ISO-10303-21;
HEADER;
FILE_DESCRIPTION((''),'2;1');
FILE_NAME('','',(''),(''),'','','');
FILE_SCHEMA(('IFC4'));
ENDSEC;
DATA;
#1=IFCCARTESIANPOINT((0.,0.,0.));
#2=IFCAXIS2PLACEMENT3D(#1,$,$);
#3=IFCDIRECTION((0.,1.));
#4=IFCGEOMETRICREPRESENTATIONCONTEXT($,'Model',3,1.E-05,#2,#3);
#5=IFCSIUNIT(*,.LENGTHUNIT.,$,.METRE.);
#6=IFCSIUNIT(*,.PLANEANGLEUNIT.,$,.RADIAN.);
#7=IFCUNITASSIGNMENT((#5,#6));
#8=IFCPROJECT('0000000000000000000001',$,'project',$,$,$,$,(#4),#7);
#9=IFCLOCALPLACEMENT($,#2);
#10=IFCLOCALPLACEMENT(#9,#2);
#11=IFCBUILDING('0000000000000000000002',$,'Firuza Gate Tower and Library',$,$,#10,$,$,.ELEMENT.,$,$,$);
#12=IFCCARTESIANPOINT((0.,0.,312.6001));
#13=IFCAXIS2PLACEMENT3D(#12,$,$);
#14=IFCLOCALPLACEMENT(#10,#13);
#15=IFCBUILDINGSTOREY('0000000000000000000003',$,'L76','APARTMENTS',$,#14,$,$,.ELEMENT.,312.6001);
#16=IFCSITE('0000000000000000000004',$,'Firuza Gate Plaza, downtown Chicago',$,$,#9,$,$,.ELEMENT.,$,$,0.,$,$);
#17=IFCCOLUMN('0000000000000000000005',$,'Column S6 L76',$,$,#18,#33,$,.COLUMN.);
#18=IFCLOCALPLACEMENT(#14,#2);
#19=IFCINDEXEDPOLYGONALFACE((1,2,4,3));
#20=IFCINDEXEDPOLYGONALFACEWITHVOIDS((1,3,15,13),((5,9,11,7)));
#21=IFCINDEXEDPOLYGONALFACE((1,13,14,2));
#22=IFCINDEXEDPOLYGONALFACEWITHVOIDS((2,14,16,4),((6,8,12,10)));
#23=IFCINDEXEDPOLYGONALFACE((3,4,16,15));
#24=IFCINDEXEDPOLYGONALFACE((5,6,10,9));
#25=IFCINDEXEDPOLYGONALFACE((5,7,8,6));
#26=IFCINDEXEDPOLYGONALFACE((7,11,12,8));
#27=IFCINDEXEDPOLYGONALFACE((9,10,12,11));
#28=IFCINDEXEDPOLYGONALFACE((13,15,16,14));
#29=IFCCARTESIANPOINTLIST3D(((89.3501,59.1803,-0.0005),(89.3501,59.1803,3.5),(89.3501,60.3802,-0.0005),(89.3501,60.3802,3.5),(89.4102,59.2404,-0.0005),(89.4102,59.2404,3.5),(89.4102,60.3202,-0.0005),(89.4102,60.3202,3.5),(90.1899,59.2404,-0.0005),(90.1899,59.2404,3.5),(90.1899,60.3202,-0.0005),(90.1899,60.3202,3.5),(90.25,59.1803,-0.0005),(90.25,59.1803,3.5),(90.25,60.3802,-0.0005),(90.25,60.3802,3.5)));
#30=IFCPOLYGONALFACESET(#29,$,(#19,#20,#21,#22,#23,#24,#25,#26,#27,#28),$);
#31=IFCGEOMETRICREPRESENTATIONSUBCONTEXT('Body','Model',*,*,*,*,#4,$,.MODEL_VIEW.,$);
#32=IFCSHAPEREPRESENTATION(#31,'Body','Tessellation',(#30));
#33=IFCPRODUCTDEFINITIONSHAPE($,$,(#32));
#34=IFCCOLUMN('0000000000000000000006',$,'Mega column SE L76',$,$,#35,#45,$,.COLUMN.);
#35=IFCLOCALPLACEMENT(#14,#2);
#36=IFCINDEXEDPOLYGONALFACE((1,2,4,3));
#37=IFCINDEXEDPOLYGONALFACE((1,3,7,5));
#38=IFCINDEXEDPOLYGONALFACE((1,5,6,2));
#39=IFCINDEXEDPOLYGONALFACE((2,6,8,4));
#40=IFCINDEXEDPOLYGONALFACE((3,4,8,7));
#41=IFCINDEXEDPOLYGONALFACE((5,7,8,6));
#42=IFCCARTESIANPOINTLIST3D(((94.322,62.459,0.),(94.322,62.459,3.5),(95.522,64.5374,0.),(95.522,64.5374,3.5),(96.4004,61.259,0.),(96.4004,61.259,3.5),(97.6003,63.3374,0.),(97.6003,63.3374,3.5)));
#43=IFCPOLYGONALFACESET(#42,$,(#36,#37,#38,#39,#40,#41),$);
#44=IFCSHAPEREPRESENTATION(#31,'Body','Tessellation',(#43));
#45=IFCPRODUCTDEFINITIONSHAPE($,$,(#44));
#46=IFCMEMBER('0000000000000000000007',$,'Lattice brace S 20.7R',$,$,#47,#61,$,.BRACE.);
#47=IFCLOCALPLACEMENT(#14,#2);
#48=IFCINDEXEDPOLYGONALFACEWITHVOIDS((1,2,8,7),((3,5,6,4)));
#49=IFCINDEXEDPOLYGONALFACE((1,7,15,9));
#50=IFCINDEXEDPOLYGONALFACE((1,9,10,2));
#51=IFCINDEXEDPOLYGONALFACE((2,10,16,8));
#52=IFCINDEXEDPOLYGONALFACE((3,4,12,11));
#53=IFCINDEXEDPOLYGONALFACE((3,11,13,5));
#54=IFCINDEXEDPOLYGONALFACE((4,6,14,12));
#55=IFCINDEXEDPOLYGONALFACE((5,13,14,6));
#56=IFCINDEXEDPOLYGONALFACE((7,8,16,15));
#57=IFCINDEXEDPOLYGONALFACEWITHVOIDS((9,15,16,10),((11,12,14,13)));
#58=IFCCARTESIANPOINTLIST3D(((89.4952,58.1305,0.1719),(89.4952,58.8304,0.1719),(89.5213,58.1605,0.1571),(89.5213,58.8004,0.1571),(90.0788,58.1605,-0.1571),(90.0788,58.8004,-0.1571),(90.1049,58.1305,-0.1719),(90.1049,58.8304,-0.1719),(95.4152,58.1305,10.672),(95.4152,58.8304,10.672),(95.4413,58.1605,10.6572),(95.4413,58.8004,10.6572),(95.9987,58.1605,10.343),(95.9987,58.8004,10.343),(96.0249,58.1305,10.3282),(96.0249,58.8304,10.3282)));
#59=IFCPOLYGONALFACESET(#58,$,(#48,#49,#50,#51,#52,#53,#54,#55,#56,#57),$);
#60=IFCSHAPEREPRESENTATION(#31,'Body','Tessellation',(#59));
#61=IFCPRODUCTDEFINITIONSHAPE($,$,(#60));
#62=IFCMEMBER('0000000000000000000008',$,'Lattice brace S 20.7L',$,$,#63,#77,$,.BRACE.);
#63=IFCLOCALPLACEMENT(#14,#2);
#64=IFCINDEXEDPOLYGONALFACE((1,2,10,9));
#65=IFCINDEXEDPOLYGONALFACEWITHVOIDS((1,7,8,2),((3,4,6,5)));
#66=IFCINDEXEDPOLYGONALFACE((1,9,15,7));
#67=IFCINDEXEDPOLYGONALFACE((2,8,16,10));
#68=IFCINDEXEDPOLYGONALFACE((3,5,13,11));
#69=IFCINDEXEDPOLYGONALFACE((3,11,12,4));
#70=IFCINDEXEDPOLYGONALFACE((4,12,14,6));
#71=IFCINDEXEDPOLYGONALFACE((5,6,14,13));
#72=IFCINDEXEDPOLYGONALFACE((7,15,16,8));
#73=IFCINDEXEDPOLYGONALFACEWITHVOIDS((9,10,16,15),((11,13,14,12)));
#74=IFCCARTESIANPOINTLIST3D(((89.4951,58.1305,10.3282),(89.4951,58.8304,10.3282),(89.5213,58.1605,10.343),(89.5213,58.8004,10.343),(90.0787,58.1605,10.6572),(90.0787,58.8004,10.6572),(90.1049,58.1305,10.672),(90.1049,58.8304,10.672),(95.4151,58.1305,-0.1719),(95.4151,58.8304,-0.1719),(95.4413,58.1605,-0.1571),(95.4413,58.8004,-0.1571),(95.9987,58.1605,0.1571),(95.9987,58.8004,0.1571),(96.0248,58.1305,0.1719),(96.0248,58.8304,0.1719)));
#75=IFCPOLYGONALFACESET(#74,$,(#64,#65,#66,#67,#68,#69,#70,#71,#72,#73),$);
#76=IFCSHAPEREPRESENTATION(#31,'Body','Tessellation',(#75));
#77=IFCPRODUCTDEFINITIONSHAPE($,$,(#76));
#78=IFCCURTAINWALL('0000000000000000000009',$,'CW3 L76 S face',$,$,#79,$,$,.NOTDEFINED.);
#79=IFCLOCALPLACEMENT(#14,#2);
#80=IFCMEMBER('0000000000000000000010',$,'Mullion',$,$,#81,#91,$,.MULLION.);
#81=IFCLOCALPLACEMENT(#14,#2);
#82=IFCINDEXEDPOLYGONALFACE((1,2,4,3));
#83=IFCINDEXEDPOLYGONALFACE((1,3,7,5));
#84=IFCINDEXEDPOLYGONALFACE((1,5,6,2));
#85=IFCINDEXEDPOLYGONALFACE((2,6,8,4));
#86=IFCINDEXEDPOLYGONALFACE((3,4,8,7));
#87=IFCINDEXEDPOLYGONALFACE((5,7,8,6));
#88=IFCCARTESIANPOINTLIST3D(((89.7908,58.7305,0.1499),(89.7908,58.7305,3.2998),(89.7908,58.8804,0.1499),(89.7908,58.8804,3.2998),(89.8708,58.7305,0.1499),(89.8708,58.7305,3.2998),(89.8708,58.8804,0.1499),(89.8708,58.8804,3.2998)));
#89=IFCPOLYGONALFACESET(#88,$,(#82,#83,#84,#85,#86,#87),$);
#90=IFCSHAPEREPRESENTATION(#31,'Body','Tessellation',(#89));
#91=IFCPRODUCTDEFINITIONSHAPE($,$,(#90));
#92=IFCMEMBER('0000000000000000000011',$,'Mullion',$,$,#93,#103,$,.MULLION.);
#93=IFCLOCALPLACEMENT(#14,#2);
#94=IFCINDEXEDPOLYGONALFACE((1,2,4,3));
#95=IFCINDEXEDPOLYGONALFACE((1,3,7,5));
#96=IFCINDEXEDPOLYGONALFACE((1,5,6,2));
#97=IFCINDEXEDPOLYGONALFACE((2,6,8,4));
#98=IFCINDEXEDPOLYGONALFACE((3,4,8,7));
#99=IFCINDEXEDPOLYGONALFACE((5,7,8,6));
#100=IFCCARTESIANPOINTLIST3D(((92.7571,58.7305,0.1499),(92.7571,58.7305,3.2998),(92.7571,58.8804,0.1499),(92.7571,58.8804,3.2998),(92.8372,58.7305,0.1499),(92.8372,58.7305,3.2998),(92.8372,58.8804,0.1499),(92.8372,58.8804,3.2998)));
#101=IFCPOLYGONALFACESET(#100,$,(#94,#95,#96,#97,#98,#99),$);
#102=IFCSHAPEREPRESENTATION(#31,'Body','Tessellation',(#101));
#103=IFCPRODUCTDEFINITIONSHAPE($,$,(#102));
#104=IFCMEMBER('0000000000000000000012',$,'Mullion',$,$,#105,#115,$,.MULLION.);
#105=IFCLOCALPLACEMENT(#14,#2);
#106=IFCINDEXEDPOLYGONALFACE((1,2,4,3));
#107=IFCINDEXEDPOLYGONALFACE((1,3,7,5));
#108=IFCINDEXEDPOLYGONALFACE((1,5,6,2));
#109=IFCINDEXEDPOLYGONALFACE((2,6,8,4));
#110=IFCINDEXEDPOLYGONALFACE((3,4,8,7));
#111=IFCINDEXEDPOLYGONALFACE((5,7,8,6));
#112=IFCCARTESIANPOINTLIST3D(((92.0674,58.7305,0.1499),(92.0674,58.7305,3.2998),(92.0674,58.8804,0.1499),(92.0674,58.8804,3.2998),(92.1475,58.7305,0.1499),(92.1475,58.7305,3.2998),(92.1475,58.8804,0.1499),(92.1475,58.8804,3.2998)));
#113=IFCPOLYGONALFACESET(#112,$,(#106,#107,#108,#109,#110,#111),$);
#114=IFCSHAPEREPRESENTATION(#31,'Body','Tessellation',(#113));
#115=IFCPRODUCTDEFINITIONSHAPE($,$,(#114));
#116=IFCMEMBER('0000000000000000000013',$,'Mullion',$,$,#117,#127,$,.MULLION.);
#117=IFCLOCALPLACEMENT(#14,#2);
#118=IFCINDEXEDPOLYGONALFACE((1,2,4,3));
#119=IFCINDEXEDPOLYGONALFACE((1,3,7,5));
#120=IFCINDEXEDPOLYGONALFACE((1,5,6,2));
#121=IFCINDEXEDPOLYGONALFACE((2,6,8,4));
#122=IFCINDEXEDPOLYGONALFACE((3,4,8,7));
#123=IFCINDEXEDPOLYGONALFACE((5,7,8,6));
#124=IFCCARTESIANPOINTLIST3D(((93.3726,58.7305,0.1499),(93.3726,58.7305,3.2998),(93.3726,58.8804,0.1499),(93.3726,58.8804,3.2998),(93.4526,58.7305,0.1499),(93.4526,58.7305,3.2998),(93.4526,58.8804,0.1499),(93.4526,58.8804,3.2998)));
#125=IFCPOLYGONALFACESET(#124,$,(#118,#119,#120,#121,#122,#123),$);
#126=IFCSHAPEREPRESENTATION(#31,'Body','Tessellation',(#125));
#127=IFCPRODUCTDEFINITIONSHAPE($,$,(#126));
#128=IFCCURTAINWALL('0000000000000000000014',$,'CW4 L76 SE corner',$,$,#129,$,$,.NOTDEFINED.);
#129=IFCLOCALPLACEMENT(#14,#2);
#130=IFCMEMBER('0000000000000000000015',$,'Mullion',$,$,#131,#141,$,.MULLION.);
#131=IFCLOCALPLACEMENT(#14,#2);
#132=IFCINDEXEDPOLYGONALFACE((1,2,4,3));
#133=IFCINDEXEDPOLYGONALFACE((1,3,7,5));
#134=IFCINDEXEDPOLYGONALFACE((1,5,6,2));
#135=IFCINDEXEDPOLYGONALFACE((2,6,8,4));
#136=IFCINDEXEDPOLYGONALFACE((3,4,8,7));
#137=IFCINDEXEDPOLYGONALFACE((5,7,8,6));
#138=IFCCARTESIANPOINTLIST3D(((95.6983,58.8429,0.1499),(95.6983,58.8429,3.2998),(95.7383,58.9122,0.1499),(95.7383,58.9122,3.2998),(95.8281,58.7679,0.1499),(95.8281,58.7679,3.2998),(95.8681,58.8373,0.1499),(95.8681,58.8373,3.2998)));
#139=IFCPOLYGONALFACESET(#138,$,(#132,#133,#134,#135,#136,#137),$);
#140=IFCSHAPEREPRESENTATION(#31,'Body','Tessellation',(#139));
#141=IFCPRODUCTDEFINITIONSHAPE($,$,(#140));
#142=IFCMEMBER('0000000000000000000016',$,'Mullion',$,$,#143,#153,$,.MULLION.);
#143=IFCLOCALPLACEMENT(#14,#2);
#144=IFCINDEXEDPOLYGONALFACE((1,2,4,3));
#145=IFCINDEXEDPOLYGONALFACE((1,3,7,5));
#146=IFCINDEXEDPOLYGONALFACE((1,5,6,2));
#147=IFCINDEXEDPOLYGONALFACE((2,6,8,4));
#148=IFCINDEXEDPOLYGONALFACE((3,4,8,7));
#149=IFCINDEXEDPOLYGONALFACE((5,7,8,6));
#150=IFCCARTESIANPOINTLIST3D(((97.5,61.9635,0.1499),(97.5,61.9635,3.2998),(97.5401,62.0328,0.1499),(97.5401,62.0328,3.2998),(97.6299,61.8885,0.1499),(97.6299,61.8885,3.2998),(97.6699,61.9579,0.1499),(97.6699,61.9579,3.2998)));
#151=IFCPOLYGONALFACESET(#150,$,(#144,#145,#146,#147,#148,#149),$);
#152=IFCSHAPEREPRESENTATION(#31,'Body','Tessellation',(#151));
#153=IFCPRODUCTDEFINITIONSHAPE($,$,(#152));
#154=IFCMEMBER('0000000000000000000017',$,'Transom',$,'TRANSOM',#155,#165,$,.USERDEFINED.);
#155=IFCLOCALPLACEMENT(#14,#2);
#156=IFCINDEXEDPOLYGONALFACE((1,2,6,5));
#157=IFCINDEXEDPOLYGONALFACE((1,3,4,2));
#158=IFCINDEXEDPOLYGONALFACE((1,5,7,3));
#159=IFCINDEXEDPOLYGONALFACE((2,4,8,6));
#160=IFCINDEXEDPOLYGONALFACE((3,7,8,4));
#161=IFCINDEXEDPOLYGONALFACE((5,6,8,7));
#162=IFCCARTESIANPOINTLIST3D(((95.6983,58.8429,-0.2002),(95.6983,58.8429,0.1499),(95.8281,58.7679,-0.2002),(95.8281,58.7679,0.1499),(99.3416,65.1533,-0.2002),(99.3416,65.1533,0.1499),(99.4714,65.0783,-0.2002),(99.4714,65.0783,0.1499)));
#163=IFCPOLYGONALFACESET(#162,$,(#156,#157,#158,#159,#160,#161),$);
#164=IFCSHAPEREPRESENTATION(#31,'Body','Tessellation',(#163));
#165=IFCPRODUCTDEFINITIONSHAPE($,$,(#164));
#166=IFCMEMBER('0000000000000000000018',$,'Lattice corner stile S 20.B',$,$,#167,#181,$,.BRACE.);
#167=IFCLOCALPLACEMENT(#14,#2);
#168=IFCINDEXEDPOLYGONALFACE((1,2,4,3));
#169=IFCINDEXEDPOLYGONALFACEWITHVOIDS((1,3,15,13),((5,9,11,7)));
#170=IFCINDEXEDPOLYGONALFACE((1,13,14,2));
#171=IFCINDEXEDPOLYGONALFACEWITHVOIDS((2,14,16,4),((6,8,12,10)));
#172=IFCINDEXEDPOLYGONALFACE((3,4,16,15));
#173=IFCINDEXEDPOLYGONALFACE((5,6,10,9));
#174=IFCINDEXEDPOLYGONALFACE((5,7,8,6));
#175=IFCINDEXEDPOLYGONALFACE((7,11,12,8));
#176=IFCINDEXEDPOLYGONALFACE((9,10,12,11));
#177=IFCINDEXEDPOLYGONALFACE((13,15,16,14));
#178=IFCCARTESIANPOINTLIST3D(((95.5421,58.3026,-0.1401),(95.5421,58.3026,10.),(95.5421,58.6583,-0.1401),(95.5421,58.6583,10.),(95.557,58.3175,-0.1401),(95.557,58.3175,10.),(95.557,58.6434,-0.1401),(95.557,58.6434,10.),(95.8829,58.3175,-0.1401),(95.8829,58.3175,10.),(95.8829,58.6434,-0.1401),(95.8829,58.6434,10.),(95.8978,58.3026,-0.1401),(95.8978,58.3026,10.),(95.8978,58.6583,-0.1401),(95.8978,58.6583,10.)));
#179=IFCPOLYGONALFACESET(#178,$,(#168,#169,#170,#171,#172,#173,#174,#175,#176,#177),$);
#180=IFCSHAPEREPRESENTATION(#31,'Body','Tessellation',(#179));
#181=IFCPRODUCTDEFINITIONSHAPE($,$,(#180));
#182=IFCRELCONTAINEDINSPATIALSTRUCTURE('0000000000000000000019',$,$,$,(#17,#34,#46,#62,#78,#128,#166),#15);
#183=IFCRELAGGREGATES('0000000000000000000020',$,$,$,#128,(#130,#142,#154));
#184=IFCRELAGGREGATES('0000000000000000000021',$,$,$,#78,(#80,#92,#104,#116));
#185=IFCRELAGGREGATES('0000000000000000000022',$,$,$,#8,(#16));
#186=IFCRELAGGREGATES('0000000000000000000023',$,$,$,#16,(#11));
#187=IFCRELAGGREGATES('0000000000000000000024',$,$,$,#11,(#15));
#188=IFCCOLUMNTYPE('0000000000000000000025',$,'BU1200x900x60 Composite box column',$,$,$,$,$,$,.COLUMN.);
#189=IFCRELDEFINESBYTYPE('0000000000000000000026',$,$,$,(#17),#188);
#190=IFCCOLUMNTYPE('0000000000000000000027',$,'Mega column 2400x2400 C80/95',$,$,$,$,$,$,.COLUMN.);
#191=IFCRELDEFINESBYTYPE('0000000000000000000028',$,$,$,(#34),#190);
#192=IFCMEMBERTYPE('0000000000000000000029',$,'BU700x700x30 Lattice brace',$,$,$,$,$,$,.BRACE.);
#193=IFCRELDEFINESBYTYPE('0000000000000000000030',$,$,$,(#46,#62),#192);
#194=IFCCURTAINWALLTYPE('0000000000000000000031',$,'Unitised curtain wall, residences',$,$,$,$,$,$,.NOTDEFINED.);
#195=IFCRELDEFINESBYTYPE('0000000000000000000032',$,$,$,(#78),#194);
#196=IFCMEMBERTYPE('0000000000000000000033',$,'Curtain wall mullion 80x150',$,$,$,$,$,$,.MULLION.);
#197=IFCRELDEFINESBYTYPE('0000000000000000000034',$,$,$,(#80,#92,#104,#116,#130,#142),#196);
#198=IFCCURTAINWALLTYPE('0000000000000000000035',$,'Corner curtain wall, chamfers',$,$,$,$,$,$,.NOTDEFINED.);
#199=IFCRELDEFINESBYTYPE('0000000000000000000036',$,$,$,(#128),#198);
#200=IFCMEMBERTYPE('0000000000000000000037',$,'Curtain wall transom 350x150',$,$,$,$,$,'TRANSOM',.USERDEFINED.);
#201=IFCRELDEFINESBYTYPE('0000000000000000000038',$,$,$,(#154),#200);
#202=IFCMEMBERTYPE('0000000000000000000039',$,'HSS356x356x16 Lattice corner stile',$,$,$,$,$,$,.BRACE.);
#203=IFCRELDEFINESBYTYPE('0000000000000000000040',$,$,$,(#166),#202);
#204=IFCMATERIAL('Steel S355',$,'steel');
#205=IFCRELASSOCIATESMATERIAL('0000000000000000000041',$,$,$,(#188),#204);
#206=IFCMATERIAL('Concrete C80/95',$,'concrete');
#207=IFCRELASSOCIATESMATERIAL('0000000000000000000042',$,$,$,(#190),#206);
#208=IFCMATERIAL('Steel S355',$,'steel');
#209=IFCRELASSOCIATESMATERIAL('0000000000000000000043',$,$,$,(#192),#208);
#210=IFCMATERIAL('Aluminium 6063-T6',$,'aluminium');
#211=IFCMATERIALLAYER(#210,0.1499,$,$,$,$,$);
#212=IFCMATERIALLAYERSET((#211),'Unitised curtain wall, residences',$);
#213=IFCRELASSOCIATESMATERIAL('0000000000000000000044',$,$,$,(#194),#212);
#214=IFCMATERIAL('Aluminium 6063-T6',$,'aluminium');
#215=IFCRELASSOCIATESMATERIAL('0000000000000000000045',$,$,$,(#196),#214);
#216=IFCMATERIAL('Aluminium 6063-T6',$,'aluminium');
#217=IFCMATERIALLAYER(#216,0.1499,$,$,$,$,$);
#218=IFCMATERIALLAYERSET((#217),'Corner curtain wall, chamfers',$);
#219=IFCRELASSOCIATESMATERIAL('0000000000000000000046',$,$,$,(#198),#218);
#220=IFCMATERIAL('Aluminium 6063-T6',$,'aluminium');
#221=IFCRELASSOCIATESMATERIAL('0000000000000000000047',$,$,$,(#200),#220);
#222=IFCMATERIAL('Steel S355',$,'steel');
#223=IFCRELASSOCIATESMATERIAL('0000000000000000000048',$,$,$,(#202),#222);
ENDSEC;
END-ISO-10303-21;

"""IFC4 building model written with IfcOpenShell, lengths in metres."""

from ifc_helpers import new_model, si_unit, direction, frame, origin, origin_2d, place, context, subcontext, project, spatial, rectangle, hollow_rectangle, extrude, material, layer, layer_set, material_profile, profile_set, type_object, element, aggregate, save


model = new_model("IFC4")

# Units and contexts
model_context = context("Model", 3, precision=1e-05, world=origin(), true_north=direction((0.0, 1.0)))
body_context = subcontext(model_context, "Body", "Model", "MODEL_VIEW")
ifc_project = project(units=[si_unit("LENGTHUNIT", "METRE"), si_unit("PLANEANGLEUNIT", "RADIAN")], contexts=[model_context])

# Site, building, storey
site_placement = place(None, origin())
site = spatial("IfcSite", under=ifc_project, at=site_placement, Name="Firuza Gate Plaza, downtown Chicago", CompositionType="ELEMENT", RefElevation=0.0)
building_placement = place(site_placement, origin())
building = spatial("IfcBuilding", under=site, at=building_placement, Name="Firuza Gate Tower and Library", CompositionType="ELEMENT")
storey_placement = place(building_placement, frame((0.0, 0.0, 312.6001)))
storey = spatial("IfcBuildingStorey", under=building, at=storey_placement, Name="L76", Description="APARTMENTS", CompositionType="ELEMENT", Elevation=312.6001)

# Columns
ifc_material_1 = material(Name="Steel S355", Category="steel")
ifc_material_profile_1 = material_profile(ifc_material_1, hollow_rectangle(XDim=0.8999, YDim=1.2, WallThickness=0.0601, at=origin_2d()))
ifc_profile_set_1 = profile_set([ifc_material_profile_1], Name="Steel S355")
column_type_1 = type_object("IfcColumnType", Name="BU1200x900x60 Composite box column", PredefinedType="COLUMN", material=ifc_profile_set_1)
column_1_placement = place(storey_placement, frame((89.8, 59.7803, -0.0005), z_axis=(0.0, 0.0, 1.0), x_axis=(1.0, 0.0, 0.0)))
element("IfcColumn", 1, at=column_1_placement, inside=storey, type_object=column_type_1, Name="Column S6 L76", PredefinedType="COLUMN", context=body_context, shape_type="SweptSolid", body=[
    extrude(hollow_rectangle(XDim=0.8999, YDim=1.2, WallThickness=0.0601, at=origin_2d()), origin(), (0.0, 0.0, 1.0), 3.5005),
])
ifc_material_2 = material(Name="Concrete C80/95", Category="concrete")
ifc_material_profile_2 = material_profile(ifc_material_2, rectangle(XDim=2.3999, YDim=2.3999, at=origin_2d()))
ifc_profile_set_2 = profile_set([ifc_material_profile_2], Name="Concrete C80/95")
column_type_2 = type_object("IfcColumnType", Name="Mega column 2400x2400 C80/95", PredefinedType="COLUMN", material=ifc_profile_set_2)
column_2_placement = place(storey_placement, frame((95.9612, 62.8982, 0.0), z_axis=(0.0, 0.0, 1.0), x_axis=(0.5, 0.866025, 0.0)))
element("IfcColumn", 2, at=column_2_placement, inside=storey, type_object=column_type_2, Name="Mega column SE L76", PredefinedType="COLUMN", context=body_context, shape_type="SweptSolid", body=[
    extrude(rectangle(XDim=2.3999, YDim=2.3999, at=origin_2d()), origin(), (0.0, 0.0, 1.0), 3.5),
])

# Members
ifc_material_3 = material(Name="Steel S355", Category="steel")
ifc_material_profile_3 = material_profile(ifc_material_3, hollow_rectangle(XDim=0.7, YDim=0.7, WallThickness=0.03, at=origin_2d()))
ifc_profile_set_3 = profile_set([ifc_material_profile_3], Name="Steel S355")
member_type_1 = type_object("IfcMemberType", Name="BU700x700x30 Lattice brace", PredefinedType="BRACE", material=ifc_profile_set_3)
for number, where, z_axis, x_axis, name in (
    (3, (89.8, 58.4805, 0.0), (0.491123, 0.0, 0.87109), (0.0, 1.0, 0.0), "Lattice brace S 20.7R"),
    (4, (95.72, 58.4805, 0.0), (-0.491123, 0.0, 0.87109), (0.0, -1.0, 0.0), "Lattice brace S 20.7L"),
):
    element("IfcMember", number, at=place(storey_placement, frame(where, z_axis=z_axis, x_axis=x_axis)), inside=storey, type_object=member_type_1, Name=name, PredefinedType="BRACE", context=body_context, shape_type="SweptSolid", body=[
        extrude(hollow_rectangle(XDim=0.7, YDim=0.7, WallThickness=0.03, at=origin_2d()), origin(), (0.0, 0.0, 1.0), 12.054),
    ])

# Curtain walls, members
ifc_material_4 = material(Name="Aluminium 6063-T6", Category="aluminium")
ifc_layer_1 = layer(ifc_material_4, 0.1499)
ifc_layer_set_1 = layer_set([ifc_layer_1], Name="Unitised curtain wall, residences")
curtain_wall_type_1 = type_object("IfcCurtainWallType", Name="Unitised curtain wall, residences", PredefinedType="NOTDEFINED", material=ifc_layer_set_1)
placement = place(storey_placement, origin())
curtain_wall_1 = element("IfcCurtainWall", 5, at=placement, inside=storey, type_object=curtain_wall_type_1, Name="CW3 L76 S face", PredefinedType="NOTDEFINED")
ifc_material_5 = material(Name="Aluminium 6063-T6", Category="aluminium")
ifc_material_profile_4 = material_profile(ifc_material_5, rectangle(XDim=0.1499, YDim=0.0801, at=origin_2d()))
ifc_profile_set_4 = profile_set([ifc_material_profile_4], Name="Aluminium 6063-T6")
member_type_2 = type_object("IfcMemberType", Name="Curtain wall mullion 80x150", PredefinedType="MULLION", material=ifc_profile_set_4)
member_1_placement = place(storey_placement, frame((89.8308, 58.8054, 0.1499), z_axis=(0.0, 0.0, 1.0), x_axis=(0.0, 1.0, 0.0)))
member_1 = element("IfcMember", 6, at=member_1_placement, type_object=member_type_2, Name="Mullion", PredefinedType="MULLION", context=body_context, shape_type="SweptSolid", body=[
    extrude(rectangle(XDim=0.1499, YDim=0.0801, at=origin_2d()), origin(), (0.0, 0.0, 1.0), 3.1499),
])
member_2_placement = place(storey_placement, frame((92.7971, 58.8054, 0.1499), z_axis=(0.0, 0.0, 1.0), x_axis=(0.0, 1.0, 0.0)))
member_2 = element("IfcMember", 7, at=member_2_placement, type_object=member_type_2, Name="Mullion", PredefinedType="MULLION", context=body_context, shape_type="SweptSolid", body=[
    extrude(rectangle(XDim=0.1499, YDim=0.0801, at=origin_2d()), origin(), (0.0, 0.0, 1.0), 3.1499),
])
member_3_placement = place(storey_placement, frame((92.1074, 58.8054, 0.1499), z_axis=(0.0, 0.0, 1.0), x_axis=(0.0, 1.0, 0.0)))
member_3 = element("IfcMember", 8, at=member_3_placement, type_object=member_type_2, Name="Mullion", PredefinedType="MULLION", context=body_context, shape_type="SweptSolid", body=[
    extrude(rectangle(XDim=0.1499, YDim=0.0801, at=origin_2d()), origin(), (0.0, 0.0, 1.0), 3.1499),
])
member_4_placement = place(storey_placement, frame((93.4126, 58.8054, 0.1499), z_axis=(0.0, 0.0, 1.0), x_axis=(0.0, 1.0, 0.0)))
member_4 = element("IfcMember", 9, at=member_4_placement, type_object=member_type_2, Name="Mullion", PredefinedType="MULLION", context=body_context, shape_type="SweptSolid", body=[
    extrude(rectangle(XDim=0.1499, YDim=0.0801, at=origin_2d()), origin(), (0.0, 0.0, 1.0), 3.1499),
])
ifc_material_6 = material(Name="Aluminium 6063-T6", Category="aluminium")
ifc_layer_2 = layer(ifc_material_6, 0.1499)
ifc_layer_set_2 = layer_set([ifc_layer_2], Name="Corner curtain wall, chamfers")
curtain_wall_type_2 = type_object("IfcCurtainWallType", Name="Corner curtain wall, chamfers", PredefinedType="NOTDEFINED", material=ifc_layer_set_2)
curtain_wall_2 = element("IfcCurtainWall", 10, at=placement, inside=storey, type_object=curtain_wall_type_2, Name="CW4 L76 SE corner", PredefinedType="NOTDEFINED")
member_5_placement = place(storey_placement, frame((95.7832, 58.8401, 0.1499), z_axis=(0.0, 0.0, 1.0), x_axis=(-0.866025, 0.5, 0.0)))
member_5 = element("IfcMember", 11, at=member_5_placement, type_object=member_type_2, Name="Mullion", PredefinedType="MULLION", context=body_context, shape_type="SweptSolid", body=[
    extrude(rectangle(XDim=0.1499, YDim=0.0801, at=origin_2d()), origin(), (0.0, 0.0, 1.0), 3.1499),
])
member_6_placement = place(storey_placement, frame((97.585, 61.9607, 0.1499), z_axis=(0.0, 0.0, 1.0), x_axis=(-0.866025, 0.5, 0.0)))
member_6 = element("IfcMember", 12, at=member_6_placement, type_object=member_type_2, Name="Mullion", PredefinedType="MULLION", context=body_context, shape_type="SweptSolid", body=[
    extrude(rectangle(XDim=0.1499, YDim=0.0801, at=origin_2d()), origin(), (0.0, 0.0, 1.0), 3.1499),
])
ifc_material_7 = material(Name="Aluminium 6063-T6", Category="aluminium")
ifc_material_profile_5 = material_profile(ifc_material_7, rectangle(XDim=0.1499, YDim=0.3501, at=origin_2d()))
ifc_profile_set_5 = profile_set([ifc_material_profile_5], Name="Aluminium 6063-T6")
member_type_3 = type_object("IfcMemberType", Name="Curtain wall transom 350x150", ElementType="TRANSOM", PredefinedType="USERDEFINED", material=ifc_profile_set_5)
member_7_placement = place(storey_placement, frame((95.7632, 58.8054, -0.0251), z_axis=(0.500006, 0.866022, 0.0), x_axis=(-0.866022, 0.500006, 0.0)))
member_7 = element("IfcMember", 13, at=member_7_placement, type_object=member_type_3, Name="Transom", ObjectType="TRANSOM", PredefinedType="USERDEFINED", context=body_context, shape_type="SweptSolid", body=[
    extrude(rectangle(XDim=0.1499, YDim=0.3501, at=origin_2d()), origin(), (0.0, 0.0, 1.0), 7.2866),
])

# Member
ifc_material_8 = material(Name="Steel S355", Category="steel")
ifc_material_profile_6 = material_profile(ifc_material_8, hollow_rectangle(XDim=0.3557, YDim=0.3557, WallThickness=0.0149, at=origin_2d()))
ifc_profile_set_6 = profile_set([ifc_material_profile_6], Name="Steel S355")
member_type_4 = type_object("IfcMemberType", Name="HSS356x356x16 Lattice corner stile", PredefinedType="BRACE", material=ifc_profile_set_6)
member_8_placement = place(storey_placement, frame((95.72, 58.4805, -0.1401), z_axis=(0.0, 0.0, 1.0), x_axis=(1.0, 0.0, 0.0)))
element("IfcMember", 14, at=member_8_placement, inside=storey, type_object=member_type_4, Name="Lattice corner stile S 20.B", PredefinedType="BRACE", context=body_context, shape_type="SweptSolid", body=[
    extrude(hollow_rectangle(XDim=0.3557, YDim=0.3557, WallThickness=0.0149, at=origin_2d()), origin(), (0.0, 0.0, 1.0), 10.1401),
])

aggregate(curtain_wall_2, [member_5, member_6, member_7])
aggregate(curtain_wall_1, [member_1, member_2, member_3, member_4])

save(model, "model.ifc")
